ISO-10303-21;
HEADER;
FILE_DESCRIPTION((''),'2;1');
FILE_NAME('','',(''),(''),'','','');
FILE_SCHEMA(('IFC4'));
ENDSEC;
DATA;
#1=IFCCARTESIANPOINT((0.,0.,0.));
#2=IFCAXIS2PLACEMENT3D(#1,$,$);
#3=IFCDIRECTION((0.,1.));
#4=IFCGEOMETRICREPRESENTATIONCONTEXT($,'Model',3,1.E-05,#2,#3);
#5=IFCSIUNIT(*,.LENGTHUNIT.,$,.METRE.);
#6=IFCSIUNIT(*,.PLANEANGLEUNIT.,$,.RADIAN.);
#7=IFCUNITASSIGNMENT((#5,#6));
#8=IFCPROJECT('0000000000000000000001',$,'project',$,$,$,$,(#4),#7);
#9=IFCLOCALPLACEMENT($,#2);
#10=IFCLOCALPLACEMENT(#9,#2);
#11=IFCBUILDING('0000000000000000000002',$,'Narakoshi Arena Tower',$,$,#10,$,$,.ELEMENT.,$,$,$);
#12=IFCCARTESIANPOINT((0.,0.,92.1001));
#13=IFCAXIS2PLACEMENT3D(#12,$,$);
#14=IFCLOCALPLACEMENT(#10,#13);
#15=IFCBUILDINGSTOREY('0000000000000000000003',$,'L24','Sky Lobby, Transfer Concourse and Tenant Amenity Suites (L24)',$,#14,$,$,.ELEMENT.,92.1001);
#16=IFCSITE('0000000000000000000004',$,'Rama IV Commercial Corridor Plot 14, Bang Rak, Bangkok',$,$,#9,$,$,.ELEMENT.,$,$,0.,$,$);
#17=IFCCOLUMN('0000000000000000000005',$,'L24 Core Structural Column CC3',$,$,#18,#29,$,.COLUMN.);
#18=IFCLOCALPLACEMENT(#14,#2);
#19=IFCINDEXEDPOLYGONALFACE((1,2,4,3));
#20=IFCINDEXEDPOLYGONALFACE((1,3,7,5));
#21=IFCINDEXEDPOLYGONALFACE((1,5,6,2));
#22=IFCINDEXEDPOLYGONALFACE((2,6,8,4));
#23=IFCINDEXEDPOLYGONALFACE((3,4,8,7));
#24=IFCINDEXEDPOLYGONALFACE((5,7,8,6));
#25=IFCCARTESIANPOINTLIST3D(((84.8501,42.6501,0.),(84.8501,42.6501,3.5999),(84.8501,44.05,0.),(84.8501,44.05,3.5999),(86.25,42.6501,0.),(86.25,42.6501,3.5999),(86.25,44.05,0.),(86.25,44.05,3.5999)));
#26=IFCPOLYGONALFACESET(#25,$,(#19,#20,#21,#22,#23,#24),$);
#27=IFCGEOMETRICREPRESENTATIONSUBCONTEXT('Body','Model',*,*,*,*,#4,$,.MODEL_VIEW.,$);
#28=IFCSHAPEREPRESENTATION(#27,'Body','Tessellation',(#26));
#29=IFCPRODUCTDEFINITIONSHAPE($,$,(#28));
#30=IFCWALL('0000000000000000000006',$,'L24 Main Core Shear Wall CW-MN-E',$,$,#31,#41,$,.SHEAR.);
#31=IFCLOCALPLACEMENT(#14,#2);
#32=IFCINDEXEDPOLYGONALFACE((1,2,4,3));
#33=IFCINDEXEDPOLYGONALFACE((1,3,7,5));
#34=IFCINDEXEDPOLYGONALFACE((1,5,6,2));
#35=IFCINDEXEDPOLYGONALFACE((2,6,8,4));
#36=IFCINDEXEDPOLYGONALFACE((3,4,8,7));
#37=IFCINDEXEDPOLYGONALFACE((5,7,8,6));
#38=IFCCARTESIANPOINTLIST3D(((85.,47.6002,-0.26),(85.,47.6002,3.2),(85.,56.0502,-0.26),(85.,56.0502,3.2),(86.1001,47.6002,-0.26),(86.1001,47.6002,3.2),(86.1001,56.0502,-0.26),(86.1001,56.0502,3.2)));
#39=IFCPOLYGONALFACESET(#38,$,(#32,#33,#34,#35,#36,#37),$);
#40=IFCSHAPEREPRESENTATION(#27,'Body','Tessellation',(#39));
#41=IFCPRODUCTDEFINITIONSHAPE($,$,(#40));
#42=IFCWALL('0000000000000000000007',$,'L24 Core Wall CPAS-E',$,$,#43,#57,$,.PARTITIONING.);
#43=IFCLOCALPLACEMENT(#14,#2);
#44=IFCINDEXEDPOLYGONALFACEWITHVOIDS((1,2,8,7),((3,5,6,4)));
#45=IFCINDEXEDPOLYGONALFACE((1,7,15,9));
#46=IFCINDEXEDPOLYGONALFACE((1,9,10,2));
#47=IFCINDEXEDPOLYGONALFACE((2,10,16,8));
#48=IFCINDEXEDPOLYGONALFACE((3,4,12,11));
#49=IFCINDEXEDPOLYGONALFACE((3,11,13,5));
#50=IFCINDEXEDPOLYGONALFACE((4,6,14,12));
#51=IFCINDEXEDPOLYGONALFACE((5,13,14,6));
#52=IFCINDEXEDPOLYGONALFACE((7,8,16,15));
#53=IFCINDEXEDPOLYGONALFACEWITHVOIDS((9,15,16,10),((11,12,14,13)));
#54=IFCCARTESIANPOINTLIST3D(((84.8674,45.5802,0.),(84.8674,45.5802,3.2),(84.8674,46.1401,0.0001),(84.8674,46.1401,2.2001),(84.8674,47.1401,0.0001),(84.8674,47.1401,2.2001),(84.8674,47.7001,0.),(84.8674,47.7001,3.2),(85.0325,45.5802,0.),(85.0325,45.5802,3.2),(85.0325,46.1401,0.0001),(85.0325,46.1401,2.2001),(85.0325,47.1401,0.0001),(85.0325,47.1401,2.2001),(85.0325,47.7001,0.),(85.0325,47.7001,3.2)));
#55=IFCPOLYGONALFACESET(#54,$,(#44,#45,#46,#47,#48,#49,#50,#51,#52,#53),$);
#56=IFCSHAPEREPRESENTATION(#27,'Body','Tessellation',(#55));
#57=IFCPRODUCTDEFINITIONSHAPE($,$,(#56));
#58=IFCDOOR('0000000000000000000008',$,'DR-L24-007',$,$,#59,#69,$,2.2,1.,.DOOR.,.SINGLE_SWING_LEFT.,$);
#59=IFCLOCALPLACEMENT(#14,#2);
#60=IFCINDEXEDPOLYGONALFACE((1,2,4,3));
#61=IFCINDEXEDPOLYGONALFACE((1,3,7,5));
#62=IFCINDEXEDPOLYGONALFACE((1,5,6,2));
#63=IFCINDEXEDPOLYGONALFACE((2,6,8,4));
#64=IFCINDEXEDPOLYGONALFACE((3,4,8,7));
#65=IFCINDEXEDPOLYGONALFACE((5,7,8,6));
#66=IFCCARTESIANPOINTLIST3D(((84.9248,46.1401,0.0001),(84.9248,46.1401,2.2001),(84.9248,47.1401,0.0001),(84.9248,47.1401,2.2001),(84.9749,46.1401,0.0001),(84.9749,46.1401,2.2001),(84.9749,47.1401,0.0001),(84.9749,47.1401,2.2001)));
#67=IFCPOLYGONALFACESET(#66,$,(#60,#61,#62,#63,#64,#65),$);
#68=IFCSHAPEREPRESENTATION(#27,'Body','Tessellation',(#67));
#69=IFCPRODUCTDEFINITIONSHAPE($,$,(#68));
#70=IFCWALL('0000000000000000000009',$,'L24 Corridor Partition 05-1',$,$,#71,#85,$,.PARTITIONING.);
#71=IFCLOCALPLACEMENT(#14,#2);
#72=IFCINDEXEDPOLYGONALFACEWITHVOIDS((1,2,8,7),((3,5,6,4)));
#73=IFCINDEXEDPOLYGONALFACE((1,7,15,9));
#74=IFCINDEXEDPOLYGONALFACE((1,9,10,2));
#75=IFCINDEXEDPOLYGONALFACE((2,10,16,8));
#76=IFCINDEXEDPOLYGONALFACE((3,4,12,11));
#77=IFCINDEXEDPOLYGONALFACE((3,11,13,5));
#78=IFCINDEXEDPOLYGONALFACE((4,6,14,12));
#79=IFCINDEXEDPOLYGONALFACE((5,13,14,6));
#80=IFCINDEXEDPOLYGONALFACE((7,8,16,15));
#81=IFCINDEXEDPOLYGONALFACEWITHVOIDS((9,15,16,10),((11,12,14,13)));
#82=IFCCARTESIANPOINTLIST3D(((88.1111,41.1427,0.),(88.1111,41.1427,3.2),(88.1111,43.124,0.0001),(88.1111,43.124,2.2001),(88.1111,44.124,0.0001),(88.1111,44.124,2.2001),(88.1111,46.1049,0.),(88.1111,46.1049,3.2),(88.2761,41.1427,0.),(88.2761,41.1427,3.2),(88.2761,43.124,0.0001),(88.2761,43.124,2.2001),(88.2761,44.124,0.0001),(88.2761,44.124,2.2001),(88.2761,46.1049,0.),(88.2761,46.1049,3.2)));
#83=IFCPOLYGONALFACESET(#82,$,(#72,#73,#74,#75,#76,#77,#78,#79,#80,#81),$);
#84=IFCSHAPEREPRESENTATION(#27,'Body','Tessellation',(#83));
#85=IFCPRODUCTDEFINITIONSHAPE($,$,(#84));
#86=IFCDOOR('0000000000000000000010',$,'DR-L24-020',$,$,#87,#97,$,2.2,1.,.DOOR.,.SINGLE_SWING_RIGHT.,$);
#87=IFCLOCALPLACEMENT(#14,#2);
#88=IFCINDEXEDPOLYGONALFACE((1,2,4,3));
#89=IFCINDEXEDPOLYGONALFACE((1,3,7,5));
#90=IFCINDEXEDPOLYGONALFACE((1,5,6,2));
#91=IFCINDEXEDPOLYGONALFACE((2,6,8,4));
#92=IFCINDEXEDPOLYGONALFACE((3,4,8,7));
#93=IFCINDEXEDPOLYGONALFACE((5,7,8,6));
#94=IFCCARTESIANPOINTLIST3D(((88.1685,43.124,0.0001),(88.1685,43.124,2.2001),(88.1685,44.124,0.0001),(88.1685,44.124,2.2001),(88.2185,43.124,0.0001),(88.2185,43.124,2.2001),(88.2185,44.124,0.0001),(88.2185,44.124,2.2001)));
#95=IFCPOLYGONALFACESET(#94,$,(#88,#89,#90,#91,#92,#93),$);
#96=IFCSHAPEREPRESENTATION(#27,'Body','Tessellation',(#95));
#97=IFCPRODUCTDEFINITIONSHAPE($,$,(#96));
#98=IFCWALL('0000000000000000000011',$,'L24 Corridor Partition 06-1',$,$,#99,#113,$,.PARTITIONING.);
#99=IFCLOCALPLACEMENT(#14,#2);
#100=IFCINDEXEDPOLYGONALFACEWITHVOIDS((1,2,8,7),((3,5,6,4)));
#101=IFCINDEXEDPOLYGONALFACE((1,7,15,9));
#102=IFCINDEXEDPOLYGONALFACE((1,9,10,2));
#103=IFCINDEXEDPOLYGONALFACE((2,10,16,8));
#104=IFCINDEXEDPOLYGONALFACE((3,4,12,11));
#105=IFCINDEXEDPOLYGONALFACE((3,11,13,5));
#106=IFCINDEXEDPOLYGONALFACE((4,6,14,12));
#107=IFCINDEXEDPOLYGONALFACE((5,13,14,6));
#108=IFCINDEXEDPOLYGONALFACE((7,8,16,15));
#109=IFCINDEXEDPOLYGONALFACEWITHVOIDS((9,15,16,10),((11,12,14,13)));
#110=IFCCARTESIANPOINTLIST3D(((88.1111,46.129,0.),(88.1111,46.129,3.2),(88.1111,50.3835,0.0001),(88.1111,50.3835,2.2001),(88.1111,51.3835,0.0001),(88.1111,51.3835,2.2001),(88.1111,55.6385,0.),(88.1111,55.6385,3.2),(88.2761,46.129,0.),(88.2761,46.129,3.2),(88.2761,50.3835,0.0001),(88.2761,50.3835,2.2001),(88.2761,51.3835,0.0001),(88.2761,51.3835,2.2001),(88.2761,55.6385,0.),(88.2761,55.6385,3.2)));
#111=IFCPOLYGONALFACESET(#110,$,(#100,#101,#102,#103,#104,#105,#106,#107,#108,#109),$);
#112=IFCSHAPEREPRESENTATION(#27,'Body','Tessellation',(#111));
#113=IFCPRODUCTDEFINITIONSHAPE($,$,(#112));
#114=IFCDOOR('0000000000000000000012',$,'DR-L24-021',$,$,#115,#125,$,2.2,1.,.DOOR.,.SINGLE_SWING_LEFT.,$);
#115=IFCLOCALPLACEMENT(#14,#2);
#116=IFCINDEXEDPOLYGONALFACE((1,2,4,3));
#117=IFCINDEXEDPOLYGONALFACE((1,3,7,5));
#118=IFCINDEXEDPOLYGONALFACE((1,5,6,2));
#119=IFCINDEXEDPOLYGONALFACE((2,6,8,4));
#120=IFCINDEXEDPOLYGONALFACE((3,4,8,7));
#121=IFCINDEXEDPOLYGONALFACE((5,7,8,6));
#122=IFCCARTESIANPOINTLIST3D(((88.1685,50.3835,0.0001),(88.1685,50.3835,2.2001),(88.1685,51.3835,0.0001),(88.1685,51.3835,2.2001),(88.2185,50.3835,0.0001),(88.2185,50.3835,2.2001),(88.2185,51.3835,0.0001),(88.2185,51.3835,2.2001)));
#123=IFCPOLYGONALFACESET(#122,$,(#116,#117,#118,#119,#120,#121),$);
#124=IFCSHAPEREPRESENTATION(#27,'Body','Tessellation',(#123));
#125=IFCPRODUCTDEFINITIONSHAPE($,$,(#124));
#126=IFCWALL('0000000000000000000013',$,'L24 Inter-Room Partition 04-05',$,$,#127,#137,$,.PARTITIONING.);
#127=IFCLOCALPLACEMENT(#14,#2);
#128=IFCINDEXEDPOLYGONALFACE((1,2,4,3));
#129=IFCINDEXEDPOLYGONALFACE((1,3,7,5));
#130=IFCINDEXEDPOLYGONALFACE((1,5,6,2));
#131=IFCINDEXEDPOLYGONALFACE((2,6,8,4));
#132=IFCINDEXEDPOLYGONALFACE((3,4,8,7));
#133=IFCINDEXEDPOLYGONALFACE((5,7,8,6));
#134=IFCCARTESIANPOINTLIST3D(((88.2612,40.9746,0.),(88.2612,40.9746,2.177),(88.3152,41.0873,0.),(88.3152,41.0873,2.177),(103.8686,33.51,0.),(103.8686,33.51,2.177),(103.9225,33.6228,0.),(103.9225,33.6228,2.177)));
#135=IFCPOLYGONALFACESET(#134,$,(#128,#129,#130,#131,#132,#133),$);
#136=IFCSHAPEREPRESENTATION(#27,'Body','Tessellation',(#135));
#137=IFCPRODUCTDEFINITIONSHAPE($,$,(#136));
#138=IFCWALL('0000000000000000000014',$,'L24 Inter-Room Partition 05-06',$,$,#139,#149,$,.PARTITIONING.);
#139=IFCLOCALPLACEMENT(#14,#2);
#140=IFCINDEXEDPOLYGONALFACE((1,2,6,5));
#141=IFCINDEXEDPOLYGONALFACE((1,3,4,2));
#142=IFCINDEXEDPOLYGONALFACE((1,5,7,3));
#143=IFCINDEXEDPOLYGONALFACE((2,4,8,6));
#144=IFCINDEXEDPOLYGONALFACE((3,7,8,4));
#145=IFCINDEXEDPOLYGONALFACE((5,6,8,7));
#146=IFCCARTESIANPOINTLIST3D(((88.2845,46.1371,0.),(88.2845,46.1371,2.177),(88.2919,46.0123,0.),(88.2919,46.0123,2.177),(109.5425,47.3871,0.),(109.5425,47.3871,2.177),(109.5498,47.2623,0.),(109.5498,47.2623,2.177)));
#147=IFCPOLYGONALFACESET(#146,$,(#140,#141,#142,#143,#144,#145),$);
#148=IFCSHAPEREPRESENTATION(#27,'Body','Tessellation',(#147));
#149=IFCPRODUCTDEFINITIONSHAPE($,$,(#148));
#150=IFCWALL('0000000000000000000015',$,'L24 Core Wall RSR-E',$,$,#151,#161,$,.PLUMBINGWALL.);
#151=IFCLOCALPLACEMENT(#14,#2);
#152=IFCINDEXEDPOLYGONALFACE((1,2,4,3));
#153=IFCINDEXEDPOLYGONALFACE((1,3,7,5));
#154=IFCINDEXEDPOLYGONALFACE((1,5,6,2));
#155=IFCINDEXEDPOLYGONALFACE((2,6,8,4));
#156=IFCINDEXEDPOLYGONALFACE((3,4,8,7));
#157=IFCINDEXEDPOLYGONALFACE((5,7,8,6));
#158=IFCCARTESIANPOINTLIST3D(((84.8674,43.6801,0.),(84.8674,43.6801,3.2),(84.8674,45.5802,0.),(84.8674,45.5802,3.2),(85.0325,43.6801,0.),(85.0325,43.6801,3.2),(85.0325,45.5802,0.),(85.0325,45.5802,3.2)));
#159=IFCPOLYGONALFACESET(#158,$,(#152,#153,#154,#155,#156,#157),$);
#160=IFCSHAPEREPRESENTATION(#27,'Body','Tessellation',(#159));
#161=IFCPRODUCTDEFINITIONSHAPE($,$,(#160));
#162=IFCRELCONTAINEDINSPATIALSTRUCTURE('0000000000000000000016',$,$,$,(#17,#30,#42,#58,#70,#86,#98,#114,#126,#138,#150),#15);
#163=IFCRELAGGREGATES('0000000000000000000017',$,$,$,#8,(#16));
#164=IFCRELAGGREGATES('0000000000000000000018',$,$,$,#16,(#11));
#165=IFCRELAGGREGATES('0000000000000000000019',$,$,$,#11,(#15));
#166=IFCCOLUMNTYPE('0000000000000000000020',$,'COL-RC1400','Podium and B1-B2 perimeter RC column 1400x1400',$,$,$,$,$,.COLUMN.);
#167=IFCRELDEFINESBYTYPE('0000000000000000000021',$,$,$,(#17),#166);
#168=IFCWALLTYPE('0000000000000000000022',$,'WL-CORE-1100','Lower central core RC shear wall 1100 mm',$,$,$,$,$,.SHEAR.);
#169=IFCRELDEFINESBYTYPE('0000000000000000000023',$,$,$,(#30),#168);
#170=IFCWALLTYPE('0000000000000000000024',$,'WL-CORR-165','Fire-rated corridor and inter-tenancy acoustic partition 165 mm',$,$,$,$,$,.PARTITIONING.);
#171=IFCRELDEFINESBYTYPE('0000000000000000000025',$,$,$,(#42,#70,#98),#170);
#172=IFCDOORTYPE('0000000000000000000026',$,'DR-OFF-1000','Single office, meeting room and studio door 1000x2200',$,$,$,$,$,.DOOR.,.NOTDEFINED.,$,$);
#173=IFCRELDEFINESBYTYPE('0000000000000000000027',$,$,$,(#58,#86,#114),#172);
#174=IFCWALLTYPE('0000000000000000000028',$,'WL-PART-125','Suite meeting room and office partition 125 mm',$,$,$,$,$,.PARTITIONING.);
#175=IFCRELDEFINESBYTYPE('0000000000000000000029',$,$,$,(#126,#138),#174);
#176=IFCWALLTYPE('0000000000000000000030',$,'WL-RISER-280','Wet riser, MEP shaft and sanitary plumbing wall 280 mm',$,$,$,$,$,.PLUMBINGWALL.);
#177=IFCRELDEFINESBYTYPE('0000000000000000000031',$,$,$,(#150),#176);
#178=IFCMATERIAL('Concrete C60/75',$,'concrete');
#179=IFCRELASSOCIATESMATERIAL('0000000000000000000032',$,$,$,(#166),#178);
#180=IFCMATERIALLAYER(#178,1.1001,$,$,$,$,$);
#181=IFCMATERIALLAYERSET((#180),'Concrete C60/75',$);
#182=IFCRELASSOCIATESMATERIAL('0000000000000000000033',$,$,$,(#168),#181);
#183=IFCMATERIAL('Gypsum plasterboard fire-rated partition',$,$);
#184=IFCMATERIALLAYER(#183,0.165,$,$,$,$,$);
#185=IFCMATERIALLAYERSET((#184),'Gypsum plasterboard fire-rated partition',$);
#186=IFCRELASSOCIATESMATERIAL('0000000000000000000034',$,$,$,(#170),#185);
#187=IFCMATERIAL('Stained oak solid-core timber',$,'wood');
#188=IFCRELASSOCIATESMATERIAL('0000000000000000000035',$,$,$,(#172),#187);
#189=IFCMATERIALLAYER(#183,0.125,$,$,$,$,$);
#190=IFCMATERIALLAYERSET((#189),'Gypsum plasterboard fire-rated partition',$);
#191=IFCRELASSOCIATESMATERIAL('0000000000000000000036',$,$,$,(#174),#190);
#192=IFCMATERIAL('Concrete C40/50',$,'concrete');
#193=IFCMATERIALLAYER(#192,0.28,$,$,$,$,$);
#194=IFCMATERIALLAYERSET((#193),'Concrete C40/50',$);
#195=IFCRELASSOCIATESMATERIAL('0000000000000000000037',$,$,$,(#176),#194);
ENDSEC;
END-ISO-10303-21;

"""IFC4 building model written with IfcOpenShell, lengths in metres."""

from ifc_helpers import new_model, si_unit, direction, frame, frame_2d, origin, origin_2d, place, context, subcontext, project, spatial, rectangle, extrude, material, layer, layer_set, material_profile, profile_set, type_object, element, fill, save


model = new_model("IFC4")

# Units and contexts
model_context = context("Model", 3, precision=1e-05, world=origin(), true_north=direction((0.0, 1.0)))
body_context = subcontext(model_context, "Body", "Model", "MODEL_VIEW")
ifc_project = project(units=[si_unit("LENGTHUNIT", "METRE"), si_unit("PLANEANGLEUNIT", "RADIAN")], contexts=[model_context])

# Site, building, storey
site_placement = place(None, origin())
site = spatial("IfcSite", under=ifc_project, at=site_placement, Name="Rama IV Commercial Corridor Plot 14, Bang Rak, Bangkok", CompositionType="ELEMENT", RefElevation=0.0)
building_placement = place(site_placement, origin())
building = spatial("IfcBuilding", under=site, at=building_placement, Name="Narakoshi Arena Tower", CompositionType="ELEMENT")
storey_placement = place(building_placement, frame((0.0, 0.0, 92.1001)))
storey = spatial("IfcBuildingStorey", under=building, at=storey_placement, Name="L24", Description="Sky Lobby, Transfer Concourse and Tenant Amenity Suites (L24)", CompositionType="ELEMENT", Elevation=92.1001)

# Column
ifc_material_1 = material(Name="Concrete C60/75", Category="concrete")
ifc_material_profile = material_profile(ifc_material_1, rectangle(XDim=1.3999, YDim=1.3999, at=origin_2d()), Name="RC1400x1400")
ifc_profile_set = profile_set([ifc_material_profile], Name="Concrete C60/75")
column_type = type_object("IfcColumnType", Name="COL-RC1400", Description="Podium and B1-B2 perimeter RC column 1400x1400", PredefinedType="COLUMN", material=ifc_profile_set)
column_placement = place(storey_placement, frame((85.55, 43.3501, 0.0), z_axis=(0.0, 0.0, 1.0), x_axis=(1.0, 0.0, 0.0)))
element("IfcColumn", 1, at=column_placement, inside=storey, type_object=column_type, Name="L24 Core Structural Column CC3", PredefinedType="COLUMN", context=body_context, shape_type="SweptSolid", body=[
    extrude(rectangle(XDim=1.3999, YDim=1.3999, at=origin_2d()), origin(), (0.0, 0.0, 1.0), 3.5999),
])

# Wall
ifc_layer_1 = layer(ifc_material_1, 1.1001)
ifc_layer_set_1 = layer_set([ifc_layer_1], Name="Concrete C60/75")
wall_type_1 = type_object("IfcWallType", Name="WL-CORE-1100", Description="Lower central core RC shear wall 1100 mm", PredefinedType="SHEAR", material=ifc_layer_set_1)
wall_1_placement = place(storey_placement, frame((85.55, 47.6001, -0.26), z_axis=(0.0, 0.0, 1.0), x_axis=(0.0, 1.0, 0.0)))
element("IfcWall", 2, at=wall_1_placement, inside=storey, type_object=wall_type_1, Name="L24 Main Core Shear Wall CW-MN-E", PredefinedType="SHEAR", context=body_context, shape_type="SweptSolid", body=[
    extrude(rectangle(XDim=8.45, YDim=1.1001, at=frame_2d((4.2251, 0.0))), origin(), (0.0, 0.0, 1.0), 3.46),
])

# Walls, openings, doors
ifc_material_2 = material(Name="Gypsum plasterboard fire-rated partition")
ifc_layer_2 = layer(ifc_material_2, 0.165)
ifc_layer_set_2 = layer_set([ifc_layer_2], Name="Gypsum plasterboard fire-rated partition")
wall_type_2 = type_object("IfcWallType", Name="WL-CORR-165", Description="Fire-rated corridor and inter-tenancy acoustic partition 165 mm", PredefinedType="PARTITIONING", material=ifc_layer_set_2)
wall_2_placement = place(storey_placement, frame((84.95, 45.5801, 0.0), z_axis=(0.0, 0.0, 1.0), x_axis=(0.0, 1.0, 0.0)))
wall_2 = element("IfcWall", 3, at=wall_2_placement, inside=storey, type_object=wall_type_2, Name="L24 Core Wall CPAS-E", PredefinedType="PARTITIONING", context=body_context, shape_type="SweptSolid", body=[
    extrude(rectangle(XDim=2.1199, YDim=0.165, at=frame_2d((1.0601, 0.0))), origin(), (0.0, 0.0, 1.0), 3.2),
])
opening_1_placement = place(wall_2_placement, frame((0.5601, 0.0, 0.0)))
opening_1 = element("IfcOpeningElement", 4, at=opening_1_placement, cuts=wall_2, PredefinedType="OPENING", context=body_context, shape_type="SweptSolid", body=[
    extrude(rectangle(XDim=1.0, YDim=2.2, at=frame_2d((0.5, 1.1001))), frame((0.0, 0.0925, 0.0), z_axis=(0.0, -1.0, 0.0), x_axis=(1.0, 0.0, 0.0)), (0.0, 0.0, 1.0), 0.1851),
])
ifc_material_3 = material(Name="Stained oak solid-core timber", Category="wood")
door_type_1 = type_object("IfcDoorType", Name="DR-OFF-1000", Description="Single office, meeting room and studio door 1000x2200", OperationType="NOTDEFINED", PredefinedType="DOOR", material=ifc_material_3)
door_1_placement = place(opening_1_placement, frame((1.0, 0.0, 0.0), z_axis=(0.0, 0.0, 1.0), x_axis=(-1.0, 0.0, 0.0)))
door_1 = element("IfcDoor", 5, at=door_1_placement, inside=storey, type_object=door_type_1, Name="DR-L24-007", OperationType="SINGLE_SWING_LEFT", OverallHeight=2.2, OverallWidth=1.0, PredefinedType="DOOR", context=body_context, shape_type="SweptSolid", body=[
    extrude(rectangle(XDim=1.0, YDim=2.2, at=frame_2d((0.5, 1.1001))), frame((0.0, 0.0249, 0.0), z_axis=(0.0, -1.0, 0.0), x_axis=(1.0, 0.0, 0.0)), (0.0, 0.0, 1.0), 0.05),
])
fill(opening_1, door_1)
wall_3_placement = place(storey_placement, frame((88.1936, 41.1428, 0.0), z_axis=(0.0, 0.0, 1.0), x_axis=(0.0, 1.0, 0.0)))
wall_3 = element("IfcWall", 6, at=wall_3_placement, inside=storey, type_object=wall_type_2, Name="L24 Corridor Partition 05-1", PredefinedType="PARTITIONING", context=body_context, shape_type="SweptSolid", body=[
    extrude(rectangle(XDim=4.9622, YDim=0.165, at=frame_2d((2.481, 0.0))), origin(), (0.0, 0.0, 1.0), 3.2),
])
opening_2_placement = place(wall_3_placement, frame((1.9812, 0.0, 0.0)))
opening_2 = element("IfcOpeningElement", 7, at=opening_2_placement, cuts=wall_3, PredefinedType="OPENING", context=body_context, shape_type="SweptSolid", body=[
    extrude(rectangle(XDim=1.0, YDim=2.2, at=frame_2d((0.5, 1.1001))), frame((0.0, 0.0925, 0.0), z_axis=(0.0, -1.0, 0.0), x_axis=(1.0, 0.0, 0.0)), (0.0, 0.0, 1.0), 0.1851),
])
door_2_placement = place(opening_2_placement, frame((1.0, 0.0, 0.0), z_axis=(0.0, 0.0, 1.0), x_axis=(-1.0, 0.0, 0.0)))
door_2 = element("IfcDoor", 8, at=door_2_placement, inside=storey, type_object=door_type_1, Name="DR-L24-020", OperationType="SINGLE_SWING_RIGHT", OverallHeight=2.2, OverallWidth=1.0, PredefinedType="DOOR", context=body_context, shape_type="SweptSolid", body=[
    extrude(rectangle(XDim=1.0, YDim=2.2, at=frame_2d((0.5, 1.1001))), frame((0.0, 0.0249, 0.0), z_axis=(0.0, -1.0, 0.0), x_axis=(1.0, 0.0, 0.0)), (0.0, 0.0, 1.0), 0.05),
])
fill(opening_2, door_2)
wall_4_placement = place(storey_placement, frame((88.1936, 46.1289, 0.0), z_axis=(0.0, 0.0, 1.0), x_axis=(0.0, 1.0, 0.0)))
wall_4 = element("IfcWall", 9, at=wall_4_placement, inside=storey, type_object=wall_type_2, Name="L24 Corridor Partition 06-1", PredefinedType="PARTITIONING", context=body_context, shape_type="SweptSolid", body=[
    extrude(rectangle(XDim=9.5095, YDim=0.165, at=frame_2d((4.7549, 0.0))), origin(), (0.0, 0.0, 1.0), 3.2),
])
opening_3_placement = place(wall_4_placement, frame((4.2546, 0.0, 0.0)))
opening_3 = element("IfcOpeningElement", 10, at=opening_3_placement, cuts=wall_4, PredefinedType="OPENING", context=body_context, shape_type="SweptSolid", body=[
    extrude(rectangle(XDim=1.0, YDim=2.2, at=frame_2d((0.5, 1.1001))), frame((0.0, 0.0925, 0.0), z_axis=(0.0, -1.0, 0.0), x_axis=(1.0, 0.0, 0.0)), (0.0, 0.0, 1.0), 0.1851),
])
door_3_placement = place(opening_3_placement, frame((1.0, 0.0, 0.0), z_axis=(0.0, 0.0, 1.0), x_axis=(-1.0, 0.0, 0.0)))
door_3 = element("IfcDoor", 11, at=door_3_placement, inside=storey, type_object=door_type_1, Name="DR-L24-021", OperationType="SINGLE_SWING_LEFT", OverallHeight=2.2, OverallWidth=1.0, PredefinedType="DOOR", context=body_context, shape_type="SweptSolid", body=[
    extrude(rectangle(XDim=1.0, YDim=2.2, at=frame_2d((0.5, 1.1001))), frame((0.0, 0.0249, 0.0), z_axis=(0.0, -1.0, 0.0), x_axis=(1.0, 0.0, 0.0)), (0.0, 0.0, 1.0), 0.05),
])
fill(opening_3, door_3)

# Walls
ifc_layer_3 = layer(ifc_material_2, 0.125)
ifc_layer_set_3 = layer_set([ifc_layer_3], Name="Gypsum plasterboard fire-rated partition")
wall_type_3 = type_object("IfcWallType", Name="WL-PART-125", Description="Suite meeting room and office partition 125 mm", PredefinedType="PARTITIONING", material=ifc_layer_set_3)
wall_5_placement = place(storey_placement, frame((88.2881, 41.031, 0.0), z_axis=(0.0, 0.0, 1.0), x_axis=(0.90213, -0.431464, 0.0)))
element("IfcWall", 12, at=wall_5_placement, inside=storey, type_object=wall_type_3, Name="L24 Inter-Room Partition 04-05", PredefinedType="PARTITIONING", context=body_context, shape_type="SweptSolid", body=[
    extrude(rectangle(XDim=17.3005, YDim=0.125, at=frame_2d((8.6504, 0.0))), origin(), (0.0, 0.0, 1.0), 2.177),
])
wall_6_placement = place(storey_placement, frame((88.2881, 46.0747, 0.0), z_axis=(0.0, 0.0, 1.0), x_axis=(0.998276, 0.0587, 0.0)))
element("IfcWall", 13, at=wall_6_placement, inside=storey, type_object=wall_type_3, Name="L24 Inter-Room Partition 05-06", PredefinedType="PARTITIONING", context=body_context, shape_type="SweptSolid", body=[
    extrude(rectangle(XDim=21.2947, YDim=0.125, at=frame_2d((10.6475, 0.0))), origin(), (0.0, 0.0, 1.0), 2.177),
])
ifc_material_4 = material(Name="Concrete C40/50", Category="concrete")
ifc_layer_4 = layer(ifc_material_4, 0.28)
ifc_layer_set_4 = layer_set([ifc_layer_4], Name="Concrete C40/50")
wall_type_4 = type_object("IfcWallType", Name="WL-RISER-280", Description="Wet riser, MEP shaft and sanitary plumbing wall 280 mm", PredefinedType="PLUMBINGWALL", material=ifc_layer_set_4)
wall_7_placement = place(storey_placement, frame((84.95, 43.6799, 0.0), z_axis=(0.0, 0.0, 1.0), x_axis=(0.0, 1.0, 0.0)))
element("IfcWall", 14, at=wall_7_placement, inside=storey, type_object=wall_type_4, Name="L24 Core Wall RSR-E", PredefinedType="PLUMBINGWALL", context=body_context, shape_type="SweptSolid", body=[
    extrude(rectangle(XDim=1.9001, YDim=0.165, at=frame_2d((0.9502, 0.0))), origin(), (0.0, 0.0, 1.0), 3.2),
])

save(model, "model.ifc")
